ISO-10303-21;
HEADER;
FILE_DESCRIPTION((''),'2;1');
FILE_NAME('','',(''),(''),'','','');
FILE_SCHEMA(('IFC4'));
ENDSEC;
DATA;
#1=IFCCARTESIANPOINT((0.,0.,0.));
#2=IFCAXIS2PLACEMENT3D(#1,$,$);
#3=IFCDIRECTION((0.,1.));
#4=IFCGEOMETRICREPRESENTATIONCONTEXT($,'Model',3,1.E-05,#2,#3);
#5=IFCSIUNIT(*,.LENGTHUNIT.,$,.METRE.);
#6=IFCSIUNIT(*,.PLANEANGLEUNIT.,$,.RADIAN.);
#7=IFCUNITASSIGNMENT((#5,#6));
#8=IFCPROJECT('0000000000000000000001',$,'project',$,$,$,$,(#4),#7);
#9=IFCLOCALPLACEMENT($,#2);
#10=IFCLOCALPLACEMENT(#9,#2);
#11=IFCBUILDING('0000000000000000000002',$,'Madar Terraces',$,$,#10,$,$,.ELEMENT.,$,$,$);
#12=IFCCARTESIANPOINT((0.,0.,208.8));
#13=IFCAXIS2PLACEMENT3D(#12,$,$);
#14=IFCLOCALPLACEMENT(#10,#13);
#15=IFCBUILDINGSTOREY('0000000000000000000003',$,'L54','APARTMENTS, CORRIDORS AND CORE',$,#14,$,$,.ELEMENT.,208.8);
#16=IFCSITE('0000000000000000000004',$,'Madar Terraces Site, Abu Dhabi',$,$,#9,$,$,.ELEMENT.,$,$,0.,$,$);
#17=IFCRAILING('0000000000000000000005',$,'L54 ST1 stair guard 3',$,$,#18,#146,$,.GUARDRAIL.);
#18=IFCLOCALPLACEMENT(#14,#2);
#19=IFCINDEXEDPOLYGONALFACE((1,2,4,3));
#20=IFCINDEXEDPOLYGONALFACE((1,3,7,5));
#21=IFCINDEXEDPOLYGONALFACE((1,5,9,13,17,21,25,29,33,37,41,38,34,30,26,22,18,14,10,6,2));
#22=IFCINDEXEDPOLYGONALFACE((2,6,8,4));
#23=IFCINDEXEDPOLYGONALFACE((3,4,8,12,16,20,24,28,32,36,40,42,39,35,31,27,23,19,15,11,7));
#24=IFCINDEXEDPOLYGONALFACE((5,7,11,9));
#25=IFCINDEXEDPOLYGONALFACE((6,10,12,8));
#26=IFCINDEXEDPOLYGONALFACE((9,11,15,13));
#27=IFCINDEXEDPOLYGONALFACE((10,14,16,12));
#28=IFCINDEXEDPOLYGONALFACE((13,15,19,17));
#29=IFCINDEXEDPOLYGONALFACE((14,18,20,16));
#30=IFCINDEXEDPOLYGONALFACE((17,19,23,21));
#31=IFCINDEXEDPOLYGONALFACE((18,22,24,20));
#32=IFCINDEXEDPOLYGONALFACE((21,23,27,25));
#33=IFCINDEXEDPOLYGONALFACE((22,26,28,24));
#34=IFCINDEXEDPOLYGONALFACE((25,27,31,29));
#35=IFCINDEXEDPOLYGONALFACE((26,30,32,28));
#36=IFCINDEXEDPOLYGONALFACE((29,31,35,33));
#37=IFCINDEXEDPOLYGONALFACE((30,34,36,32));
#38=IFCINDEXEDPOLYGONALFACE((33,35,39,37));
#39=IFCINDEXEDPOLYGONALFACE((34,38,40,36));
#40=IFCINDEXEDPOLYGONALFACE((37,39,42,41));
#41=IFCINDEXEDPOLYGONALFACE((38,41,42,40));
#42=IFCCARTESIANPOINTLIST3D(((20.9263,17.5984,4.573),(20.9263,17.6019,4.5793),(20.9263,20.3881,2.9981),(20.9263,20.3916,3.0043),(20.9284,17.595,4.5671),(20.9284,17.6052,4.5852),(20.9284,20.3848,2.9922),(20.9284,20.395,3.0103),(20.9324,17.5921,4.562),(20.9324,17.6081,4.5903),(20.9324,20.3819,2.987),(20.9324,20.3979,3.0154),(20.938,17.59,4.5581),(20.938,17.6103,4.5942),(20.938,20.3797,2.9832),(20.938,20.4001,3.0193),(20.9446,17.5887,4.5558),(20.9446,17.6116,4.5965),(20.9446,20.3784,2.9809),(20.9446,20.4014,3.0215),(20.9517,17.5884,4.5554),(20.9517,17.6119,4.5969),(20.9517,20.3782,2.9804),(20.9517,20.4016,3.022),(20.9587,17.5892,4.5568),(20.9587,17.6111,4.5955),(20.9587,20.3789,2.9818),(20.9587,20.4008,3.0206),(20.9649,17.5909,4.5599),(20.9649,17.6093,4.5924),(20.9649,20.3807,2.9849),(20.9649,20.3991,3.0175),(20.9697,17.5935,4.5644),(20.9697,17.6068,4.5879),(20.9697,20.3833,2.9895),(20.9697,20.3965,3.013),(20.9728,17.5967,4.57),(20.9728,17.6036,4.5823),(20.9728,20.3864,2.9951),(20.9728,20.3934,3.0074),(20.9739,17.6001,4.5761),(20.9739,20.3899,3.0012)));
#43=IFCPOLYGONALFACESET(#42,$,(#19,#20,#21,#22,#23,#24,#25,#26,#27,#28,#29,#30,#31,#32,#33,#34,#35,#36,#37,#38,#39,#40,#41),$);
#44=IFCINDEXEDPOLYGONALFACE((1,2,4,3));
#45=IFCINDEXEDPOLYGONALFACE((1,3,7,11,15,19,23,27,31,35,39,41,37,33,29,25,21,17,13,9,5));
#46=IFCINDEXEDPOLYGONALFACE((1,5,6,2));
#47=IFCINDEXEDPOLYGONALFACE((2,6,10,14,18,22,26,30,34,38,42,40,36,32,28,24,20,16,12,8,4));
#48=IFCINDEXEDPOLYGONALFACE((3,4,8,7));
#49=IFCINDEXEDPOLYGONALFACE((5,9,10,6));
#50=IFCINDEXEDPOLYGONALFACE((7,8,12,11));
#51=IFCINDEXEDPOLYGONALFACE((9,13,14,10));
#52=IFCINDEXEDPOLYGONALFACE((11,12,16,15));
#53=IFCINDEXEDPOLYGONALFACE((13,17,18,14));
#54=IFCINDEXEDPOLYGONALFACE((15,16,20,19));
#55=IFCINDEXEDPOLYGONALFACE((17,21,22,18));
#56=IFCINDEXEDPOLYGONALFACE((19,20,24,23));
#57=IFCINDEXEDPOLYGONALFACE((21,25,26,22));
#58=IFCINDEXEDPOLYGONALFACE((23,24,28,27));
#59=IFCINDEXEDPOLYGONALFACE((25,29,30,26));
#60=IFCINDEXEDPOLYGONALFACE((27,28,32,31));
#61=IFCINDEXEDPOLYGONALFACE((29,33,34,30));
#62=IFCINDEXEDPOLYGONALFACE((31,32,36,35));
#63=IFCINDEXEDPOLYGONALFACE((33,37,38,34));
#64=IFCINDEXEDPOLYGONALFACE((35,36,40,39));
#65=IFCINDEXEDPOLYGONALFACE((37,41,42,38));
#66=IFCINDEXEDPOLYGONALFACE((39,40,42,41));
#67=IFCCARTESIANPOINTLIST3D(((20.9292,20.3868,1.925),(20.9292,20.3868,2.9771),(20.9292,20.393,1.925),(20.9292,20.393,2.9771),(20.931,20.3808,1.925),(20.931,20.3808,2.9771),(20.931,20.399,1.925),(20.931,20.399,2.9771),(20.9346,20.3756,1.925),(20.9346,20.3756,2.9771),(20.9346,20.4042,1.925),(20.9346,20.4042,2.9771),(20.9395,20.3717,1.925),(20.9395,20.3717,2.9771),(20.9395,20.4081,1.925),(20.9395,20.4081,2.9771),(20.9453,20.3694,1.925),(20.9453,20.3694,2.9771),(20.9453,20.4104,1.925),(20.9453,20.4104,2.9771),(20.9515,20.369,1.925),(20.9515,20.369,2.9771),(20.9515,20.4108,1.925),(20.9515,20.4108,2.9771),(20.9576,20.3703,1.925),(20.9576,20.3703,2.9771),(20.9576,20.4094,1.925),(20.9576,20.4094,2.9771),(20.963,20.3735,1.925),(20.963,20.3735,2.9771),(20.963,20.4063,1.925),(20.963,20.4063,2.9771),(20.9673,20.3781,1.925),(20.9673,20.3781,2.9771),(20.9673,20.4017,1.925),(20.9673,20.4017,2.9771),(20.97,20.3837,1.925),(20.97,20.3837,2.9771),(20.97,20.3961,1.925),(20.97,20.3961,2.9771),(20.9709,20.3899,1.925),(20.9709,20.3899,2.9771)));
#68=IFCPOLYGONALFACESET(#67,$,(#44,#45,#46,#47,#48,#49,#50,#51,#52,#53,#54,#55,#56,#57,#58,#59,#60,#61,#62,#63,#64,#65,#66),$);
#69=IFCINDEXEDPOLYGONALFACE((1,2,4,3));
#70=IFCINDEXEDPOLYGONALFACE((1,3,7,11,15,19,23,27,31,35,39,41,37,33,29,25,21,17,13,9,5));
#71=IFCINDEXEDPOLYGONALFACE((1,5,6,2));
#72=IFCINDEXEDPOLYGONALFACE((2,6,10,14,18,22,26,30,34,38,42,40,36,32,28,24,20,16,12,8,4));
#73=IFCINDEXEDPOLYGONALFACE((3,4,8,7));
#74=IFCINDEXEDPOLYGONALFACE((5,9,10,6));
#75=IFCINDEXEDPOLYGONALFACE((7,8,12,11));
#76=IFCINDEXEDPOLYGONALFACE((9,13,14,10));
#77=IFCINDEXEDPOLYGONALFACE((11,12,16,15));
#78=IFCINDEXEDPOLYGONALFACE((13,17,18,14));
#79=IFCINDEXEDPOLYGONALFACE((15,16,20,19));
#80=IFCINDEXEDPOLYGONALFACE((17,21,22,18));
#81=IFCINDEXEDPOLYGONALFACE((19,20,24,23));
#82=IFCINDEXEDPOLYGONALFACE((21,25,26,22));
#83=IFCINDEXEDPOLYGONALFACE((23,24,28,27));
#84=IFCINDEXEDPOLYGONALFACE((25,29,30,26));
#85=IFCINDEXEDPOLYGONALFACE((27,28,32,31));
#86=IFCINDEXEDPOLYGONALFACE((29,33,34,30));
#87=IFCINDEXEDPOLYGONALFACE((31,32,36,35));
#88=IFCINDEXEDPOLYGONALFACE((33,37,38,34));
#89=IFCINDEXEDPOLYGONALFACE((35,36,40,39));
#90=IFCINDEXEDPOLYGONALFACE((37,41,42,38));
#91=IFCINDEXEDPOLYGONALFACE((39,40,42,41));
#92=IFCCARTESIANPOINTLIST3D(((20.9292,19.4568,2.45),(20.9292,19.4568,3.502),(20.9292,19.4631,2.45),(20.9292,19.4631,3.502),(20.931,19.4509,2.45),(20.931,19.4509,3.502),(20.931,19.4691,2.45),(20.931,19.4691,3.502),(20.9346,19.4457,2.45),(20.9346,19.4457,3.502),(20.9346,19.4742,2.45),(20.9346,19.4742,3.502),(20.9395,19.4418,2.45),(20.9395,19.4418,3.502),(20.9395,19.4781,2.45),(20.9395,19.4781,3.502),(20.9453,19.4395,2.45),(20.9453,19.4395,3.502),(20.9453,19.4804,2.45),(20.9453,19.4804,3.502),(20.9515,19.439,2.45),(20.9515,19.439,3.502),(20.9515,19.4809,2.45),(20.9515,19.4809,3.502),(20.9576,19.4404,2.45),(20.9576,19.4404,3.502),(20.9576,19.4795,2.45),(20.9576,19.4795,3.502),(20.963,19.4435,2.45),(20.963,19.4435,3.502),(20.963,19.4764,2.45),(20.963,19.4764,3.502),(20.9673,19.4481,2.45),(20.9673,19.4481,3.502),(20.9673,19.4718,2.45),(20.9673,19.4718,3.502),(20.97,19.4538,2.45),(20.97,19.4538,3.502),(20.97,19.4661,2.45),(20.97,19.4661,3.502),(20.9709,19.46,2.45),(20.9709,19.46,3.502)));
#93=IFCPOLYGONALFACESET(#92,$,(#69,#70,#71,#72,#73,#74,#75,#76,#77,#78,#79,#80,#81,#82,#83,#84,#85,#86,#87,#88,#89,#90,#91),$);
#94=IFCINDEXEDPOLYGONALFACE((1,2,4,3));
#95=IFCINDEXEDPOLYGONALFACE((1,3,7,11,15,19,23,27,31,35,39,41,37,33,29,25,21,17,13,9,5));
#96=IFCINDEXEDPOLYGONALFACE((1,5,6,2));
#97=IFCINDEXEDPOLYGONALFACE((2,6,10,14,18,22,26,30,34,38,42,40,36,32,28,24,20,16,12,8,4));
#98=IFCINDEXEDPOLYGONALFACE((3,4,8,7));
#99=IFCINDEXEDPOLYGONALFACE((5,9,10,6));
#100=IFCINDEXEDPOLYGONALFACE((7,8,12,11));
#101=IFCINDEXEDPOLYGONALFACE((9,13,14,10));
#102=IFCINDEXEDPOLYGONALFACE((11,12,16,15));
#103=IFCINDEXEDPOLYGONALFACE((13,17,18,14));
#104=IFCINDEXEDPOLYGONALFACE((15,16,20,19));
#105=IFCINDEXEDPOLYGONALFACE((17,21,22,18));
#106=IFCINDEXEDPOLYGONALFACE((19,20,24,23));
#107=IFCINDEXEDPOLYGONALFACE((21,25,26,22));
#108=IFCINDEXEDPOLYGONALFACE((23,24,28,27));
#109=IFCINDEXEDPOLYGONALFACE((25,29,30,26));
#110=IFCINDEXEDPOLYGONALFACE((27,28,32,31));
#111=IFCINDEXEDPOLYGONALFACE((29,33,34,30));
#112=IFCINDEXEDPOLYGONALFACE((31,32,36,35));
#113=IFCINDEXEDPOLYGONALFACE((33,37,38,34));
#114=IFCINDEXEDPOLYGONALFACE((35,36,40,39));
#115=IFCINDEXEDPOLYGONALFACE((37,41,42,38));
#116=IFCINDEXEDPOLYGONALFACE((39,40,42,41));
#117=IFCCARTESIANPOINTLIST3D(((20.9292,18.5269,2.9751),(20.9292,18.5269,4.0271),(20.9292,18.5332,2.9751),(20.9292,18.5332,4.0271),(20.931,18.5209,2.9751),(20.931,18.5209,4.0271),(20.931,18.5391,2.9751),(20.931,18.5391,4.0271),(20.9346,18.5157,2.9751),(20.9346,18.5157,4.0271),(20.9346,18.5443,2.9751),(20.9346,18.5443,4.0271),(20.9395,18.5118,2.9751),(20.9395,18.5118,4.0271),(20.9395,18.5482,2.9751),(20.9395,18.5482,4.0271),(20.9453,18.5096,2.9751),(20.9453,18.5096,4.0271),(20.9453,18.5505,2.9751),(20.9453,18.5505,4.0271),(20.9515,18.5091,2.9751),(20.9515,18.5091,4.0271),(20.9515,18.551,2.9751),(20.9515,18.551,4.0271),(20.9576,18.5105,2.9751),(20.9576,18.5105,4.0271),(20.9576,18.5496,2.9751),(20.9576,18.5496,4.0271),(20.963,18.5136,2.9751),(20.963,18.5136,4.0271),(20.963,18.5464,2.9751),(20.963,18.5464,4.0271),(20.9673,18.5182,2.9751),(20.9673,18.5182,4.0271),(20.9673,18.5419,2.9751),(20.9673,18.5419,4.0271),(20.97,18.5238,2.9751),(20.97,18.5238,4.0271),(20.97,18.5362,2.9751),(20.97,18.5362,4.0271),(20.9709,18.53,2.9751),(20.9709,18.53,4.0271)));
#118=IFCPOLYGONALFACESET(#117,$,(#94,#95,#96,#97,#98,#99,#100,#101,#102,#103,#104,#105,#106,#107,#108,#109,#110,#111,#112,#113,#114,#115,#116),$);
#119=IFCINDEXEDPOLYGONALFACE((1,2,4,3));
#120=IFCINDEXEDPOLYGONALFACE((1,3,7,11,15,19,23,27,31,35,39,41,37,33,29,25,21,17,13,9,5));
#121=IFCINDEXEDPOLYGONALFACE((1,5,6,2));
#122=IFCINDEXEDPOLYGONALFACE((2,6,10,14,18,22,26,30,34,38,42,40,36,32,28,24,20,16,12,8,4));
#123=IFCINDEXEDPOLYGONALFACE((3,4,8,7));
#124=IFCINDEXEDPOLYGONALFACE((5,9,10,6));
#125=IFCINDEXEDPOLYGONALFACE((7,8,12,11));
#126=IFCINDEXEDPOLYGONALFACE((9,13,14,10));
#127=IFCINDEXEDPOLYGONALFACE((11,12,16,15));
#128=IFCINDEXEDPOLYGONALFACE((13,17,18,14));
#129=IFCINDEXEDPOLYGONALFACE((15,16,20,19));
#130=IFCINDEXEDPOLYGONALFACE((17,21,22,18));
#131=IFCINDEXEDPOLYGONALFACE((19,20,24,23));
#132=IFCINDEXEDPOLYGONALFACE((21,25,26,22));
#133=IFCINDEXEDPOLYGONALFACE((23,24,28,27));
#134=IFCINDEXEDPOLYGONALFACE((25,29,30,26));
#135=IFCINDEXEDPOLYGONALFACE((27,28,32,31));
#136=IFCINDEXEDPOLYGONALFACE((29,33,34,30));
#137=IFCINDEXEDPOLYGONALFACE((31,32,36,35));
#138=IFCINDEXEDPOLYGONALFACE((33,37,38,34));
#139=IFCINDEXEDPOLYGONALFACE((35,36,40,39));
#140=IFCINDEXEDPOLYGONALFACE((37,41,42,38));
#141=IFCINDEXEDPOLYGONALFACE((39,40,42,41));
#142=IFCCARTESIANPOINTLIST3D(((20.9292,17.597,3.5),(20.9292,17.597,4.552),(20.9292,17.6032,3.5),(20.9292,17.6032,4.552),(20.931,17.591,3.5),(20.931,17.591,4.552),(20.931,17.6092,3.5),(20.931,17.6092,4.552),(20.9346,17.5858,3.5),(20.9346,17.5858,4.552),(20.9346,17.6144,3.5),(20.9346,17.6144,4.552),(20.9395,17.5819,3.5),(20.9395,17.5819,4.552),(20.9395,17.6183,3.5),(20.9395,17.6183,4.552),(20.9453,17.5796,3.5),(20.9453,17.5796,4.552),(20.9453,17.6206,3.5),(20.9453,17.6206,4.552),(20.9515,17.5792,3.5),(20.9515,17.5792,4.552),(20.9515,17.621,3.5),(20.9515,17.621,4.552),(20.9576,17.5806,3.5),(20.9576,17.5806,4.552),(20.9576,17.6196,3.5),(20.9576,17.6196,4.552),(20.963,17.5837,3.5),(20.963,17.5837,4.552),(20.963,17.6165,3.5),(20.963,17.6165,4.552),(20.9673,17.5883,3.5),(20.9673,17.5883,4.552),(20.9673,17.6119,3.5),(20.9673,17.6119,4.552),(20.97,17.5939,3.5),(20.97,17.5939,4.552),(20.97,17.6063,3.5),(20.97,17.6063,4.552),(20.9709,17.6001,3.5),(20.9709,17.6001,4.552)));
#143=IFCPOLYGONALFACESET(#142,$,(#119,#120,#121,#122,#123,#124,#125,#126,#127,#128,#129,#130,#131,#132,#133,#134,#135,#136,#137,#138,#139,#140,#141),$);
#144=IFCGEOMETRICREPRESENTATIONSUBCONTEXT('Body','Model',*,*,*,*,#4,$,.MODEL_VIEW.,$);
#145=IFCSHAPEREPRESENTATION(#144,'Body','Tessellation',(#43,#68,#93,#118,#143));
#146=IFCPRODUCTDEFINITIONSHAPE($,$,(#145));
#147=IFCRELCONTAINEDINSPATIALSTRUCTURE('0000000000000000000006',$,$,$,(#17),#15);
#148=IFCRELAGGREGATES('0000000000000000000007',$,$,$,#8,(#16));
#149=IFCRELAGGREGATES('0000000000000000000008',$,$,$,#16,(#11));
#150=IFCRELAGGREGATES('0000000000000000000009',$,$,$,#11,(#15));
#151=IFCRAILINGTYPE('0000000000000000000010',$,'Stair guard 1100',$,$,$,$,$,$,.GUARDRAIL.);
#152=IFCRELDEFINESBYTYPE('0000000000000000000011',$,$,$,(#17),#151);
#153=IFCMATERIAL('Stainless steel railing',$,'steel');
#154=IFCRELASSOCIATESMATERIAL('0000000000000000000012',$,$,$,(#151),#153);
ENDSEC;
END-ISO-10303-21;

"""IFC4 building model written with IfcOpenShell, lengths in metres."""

from ifc_helpers import new_model, si_unit, direction, frame, origin, origin_2d, place, context, subcontext, project, spatial, circle, extrude, material, type_object, element, save


model = new_model("IFC4")

# Units and contexts
model_context = context("Model", 3, precision=1e-05, world=origin(), true_north=direction((0.0, 1.0)))
body_context = subcontext(model_context, "Body", "Model", "MODEL_VIEW")
ifc_project = project(units=[si_unit("LENGTHUNIT", "METRE"), si_unit("PLANEANGLEUNIT", "RADIAN")], contexts=[model_context])

# Site, building, storey
site_placement = place(None, origin())
site = spatial("IfcSite", under=ifc_project, at=site_placement, Name="Madar Terraces Site, Abu Dhabi", CompositionType="ELEMENT", RefElevation=0.0)
building_placement = place(site_placement, origin())
building = spatial("IfcBuilding", under=site, at=building_placement, Name="Madar Terraces", CompositionType="ELEMENT")
storey_placement = place(building_placement, frame((0.0, 0.0, 208.8)))
storey = spatial("IfcBuildingStorey", under=building, at=storey_placement, Name="L54", Description="APARTMENTS, CORRIDORS AND CORE", CompositionType="ELEMENT", Elevation=208.8)

# Railing
ifc_material_1 = material(Name="Stainless steel railing", Category="steel")
railing_type_1 = type_object("IfcRailingType", Name="Stair guard 1100", PredefinedType="GUARDRAIL", material=ifc_material_1)
railing_1_placement = place(storey_placement, frame((20.95, 20.3899, 1.925)))
element("IfcRailing", 1, at=railing_1_placement, inside=storey, type_object=railing_type_1, Name="L54 ST1 stair guard 3", PredefinedType="GUARDRAIL", context=body_context, shape_type="SweptSolid", body=[
    extrude(circle(Radius=0.0239, at=origin_2d()), frame((0.0, 0.0, 1.0762), z_axis=(0.0, -0.870815, 0.49161), x_axis=(1.0, 0.0, 0.0)), (0.0, 0.0, 1.0), 3.2036),
    extrude(circle(Radius=0.021, at=origin_2d()), origin(), (0.0, 0.0, 1.0), 1.052),
    extrude(circle(Radius=0.021, at=origin_2d()), frame((0.0, -0.9299, 0.5249)), (0.0, 0.0, 1.0), 1.052),
    extrude(circle(Radius=0.021, at=origin_2d()), frame((0.0, -1.8599, 1.05)), (0.0, 0.0, 1.0), 1.052),
    extrude(circle(Radius=0.021, at=origin_2d()), frame((0.0, -2.7898, 1.575)), (0.0, 0.0, 1.0), 1.052),
])

save(model, "model.ifc")
